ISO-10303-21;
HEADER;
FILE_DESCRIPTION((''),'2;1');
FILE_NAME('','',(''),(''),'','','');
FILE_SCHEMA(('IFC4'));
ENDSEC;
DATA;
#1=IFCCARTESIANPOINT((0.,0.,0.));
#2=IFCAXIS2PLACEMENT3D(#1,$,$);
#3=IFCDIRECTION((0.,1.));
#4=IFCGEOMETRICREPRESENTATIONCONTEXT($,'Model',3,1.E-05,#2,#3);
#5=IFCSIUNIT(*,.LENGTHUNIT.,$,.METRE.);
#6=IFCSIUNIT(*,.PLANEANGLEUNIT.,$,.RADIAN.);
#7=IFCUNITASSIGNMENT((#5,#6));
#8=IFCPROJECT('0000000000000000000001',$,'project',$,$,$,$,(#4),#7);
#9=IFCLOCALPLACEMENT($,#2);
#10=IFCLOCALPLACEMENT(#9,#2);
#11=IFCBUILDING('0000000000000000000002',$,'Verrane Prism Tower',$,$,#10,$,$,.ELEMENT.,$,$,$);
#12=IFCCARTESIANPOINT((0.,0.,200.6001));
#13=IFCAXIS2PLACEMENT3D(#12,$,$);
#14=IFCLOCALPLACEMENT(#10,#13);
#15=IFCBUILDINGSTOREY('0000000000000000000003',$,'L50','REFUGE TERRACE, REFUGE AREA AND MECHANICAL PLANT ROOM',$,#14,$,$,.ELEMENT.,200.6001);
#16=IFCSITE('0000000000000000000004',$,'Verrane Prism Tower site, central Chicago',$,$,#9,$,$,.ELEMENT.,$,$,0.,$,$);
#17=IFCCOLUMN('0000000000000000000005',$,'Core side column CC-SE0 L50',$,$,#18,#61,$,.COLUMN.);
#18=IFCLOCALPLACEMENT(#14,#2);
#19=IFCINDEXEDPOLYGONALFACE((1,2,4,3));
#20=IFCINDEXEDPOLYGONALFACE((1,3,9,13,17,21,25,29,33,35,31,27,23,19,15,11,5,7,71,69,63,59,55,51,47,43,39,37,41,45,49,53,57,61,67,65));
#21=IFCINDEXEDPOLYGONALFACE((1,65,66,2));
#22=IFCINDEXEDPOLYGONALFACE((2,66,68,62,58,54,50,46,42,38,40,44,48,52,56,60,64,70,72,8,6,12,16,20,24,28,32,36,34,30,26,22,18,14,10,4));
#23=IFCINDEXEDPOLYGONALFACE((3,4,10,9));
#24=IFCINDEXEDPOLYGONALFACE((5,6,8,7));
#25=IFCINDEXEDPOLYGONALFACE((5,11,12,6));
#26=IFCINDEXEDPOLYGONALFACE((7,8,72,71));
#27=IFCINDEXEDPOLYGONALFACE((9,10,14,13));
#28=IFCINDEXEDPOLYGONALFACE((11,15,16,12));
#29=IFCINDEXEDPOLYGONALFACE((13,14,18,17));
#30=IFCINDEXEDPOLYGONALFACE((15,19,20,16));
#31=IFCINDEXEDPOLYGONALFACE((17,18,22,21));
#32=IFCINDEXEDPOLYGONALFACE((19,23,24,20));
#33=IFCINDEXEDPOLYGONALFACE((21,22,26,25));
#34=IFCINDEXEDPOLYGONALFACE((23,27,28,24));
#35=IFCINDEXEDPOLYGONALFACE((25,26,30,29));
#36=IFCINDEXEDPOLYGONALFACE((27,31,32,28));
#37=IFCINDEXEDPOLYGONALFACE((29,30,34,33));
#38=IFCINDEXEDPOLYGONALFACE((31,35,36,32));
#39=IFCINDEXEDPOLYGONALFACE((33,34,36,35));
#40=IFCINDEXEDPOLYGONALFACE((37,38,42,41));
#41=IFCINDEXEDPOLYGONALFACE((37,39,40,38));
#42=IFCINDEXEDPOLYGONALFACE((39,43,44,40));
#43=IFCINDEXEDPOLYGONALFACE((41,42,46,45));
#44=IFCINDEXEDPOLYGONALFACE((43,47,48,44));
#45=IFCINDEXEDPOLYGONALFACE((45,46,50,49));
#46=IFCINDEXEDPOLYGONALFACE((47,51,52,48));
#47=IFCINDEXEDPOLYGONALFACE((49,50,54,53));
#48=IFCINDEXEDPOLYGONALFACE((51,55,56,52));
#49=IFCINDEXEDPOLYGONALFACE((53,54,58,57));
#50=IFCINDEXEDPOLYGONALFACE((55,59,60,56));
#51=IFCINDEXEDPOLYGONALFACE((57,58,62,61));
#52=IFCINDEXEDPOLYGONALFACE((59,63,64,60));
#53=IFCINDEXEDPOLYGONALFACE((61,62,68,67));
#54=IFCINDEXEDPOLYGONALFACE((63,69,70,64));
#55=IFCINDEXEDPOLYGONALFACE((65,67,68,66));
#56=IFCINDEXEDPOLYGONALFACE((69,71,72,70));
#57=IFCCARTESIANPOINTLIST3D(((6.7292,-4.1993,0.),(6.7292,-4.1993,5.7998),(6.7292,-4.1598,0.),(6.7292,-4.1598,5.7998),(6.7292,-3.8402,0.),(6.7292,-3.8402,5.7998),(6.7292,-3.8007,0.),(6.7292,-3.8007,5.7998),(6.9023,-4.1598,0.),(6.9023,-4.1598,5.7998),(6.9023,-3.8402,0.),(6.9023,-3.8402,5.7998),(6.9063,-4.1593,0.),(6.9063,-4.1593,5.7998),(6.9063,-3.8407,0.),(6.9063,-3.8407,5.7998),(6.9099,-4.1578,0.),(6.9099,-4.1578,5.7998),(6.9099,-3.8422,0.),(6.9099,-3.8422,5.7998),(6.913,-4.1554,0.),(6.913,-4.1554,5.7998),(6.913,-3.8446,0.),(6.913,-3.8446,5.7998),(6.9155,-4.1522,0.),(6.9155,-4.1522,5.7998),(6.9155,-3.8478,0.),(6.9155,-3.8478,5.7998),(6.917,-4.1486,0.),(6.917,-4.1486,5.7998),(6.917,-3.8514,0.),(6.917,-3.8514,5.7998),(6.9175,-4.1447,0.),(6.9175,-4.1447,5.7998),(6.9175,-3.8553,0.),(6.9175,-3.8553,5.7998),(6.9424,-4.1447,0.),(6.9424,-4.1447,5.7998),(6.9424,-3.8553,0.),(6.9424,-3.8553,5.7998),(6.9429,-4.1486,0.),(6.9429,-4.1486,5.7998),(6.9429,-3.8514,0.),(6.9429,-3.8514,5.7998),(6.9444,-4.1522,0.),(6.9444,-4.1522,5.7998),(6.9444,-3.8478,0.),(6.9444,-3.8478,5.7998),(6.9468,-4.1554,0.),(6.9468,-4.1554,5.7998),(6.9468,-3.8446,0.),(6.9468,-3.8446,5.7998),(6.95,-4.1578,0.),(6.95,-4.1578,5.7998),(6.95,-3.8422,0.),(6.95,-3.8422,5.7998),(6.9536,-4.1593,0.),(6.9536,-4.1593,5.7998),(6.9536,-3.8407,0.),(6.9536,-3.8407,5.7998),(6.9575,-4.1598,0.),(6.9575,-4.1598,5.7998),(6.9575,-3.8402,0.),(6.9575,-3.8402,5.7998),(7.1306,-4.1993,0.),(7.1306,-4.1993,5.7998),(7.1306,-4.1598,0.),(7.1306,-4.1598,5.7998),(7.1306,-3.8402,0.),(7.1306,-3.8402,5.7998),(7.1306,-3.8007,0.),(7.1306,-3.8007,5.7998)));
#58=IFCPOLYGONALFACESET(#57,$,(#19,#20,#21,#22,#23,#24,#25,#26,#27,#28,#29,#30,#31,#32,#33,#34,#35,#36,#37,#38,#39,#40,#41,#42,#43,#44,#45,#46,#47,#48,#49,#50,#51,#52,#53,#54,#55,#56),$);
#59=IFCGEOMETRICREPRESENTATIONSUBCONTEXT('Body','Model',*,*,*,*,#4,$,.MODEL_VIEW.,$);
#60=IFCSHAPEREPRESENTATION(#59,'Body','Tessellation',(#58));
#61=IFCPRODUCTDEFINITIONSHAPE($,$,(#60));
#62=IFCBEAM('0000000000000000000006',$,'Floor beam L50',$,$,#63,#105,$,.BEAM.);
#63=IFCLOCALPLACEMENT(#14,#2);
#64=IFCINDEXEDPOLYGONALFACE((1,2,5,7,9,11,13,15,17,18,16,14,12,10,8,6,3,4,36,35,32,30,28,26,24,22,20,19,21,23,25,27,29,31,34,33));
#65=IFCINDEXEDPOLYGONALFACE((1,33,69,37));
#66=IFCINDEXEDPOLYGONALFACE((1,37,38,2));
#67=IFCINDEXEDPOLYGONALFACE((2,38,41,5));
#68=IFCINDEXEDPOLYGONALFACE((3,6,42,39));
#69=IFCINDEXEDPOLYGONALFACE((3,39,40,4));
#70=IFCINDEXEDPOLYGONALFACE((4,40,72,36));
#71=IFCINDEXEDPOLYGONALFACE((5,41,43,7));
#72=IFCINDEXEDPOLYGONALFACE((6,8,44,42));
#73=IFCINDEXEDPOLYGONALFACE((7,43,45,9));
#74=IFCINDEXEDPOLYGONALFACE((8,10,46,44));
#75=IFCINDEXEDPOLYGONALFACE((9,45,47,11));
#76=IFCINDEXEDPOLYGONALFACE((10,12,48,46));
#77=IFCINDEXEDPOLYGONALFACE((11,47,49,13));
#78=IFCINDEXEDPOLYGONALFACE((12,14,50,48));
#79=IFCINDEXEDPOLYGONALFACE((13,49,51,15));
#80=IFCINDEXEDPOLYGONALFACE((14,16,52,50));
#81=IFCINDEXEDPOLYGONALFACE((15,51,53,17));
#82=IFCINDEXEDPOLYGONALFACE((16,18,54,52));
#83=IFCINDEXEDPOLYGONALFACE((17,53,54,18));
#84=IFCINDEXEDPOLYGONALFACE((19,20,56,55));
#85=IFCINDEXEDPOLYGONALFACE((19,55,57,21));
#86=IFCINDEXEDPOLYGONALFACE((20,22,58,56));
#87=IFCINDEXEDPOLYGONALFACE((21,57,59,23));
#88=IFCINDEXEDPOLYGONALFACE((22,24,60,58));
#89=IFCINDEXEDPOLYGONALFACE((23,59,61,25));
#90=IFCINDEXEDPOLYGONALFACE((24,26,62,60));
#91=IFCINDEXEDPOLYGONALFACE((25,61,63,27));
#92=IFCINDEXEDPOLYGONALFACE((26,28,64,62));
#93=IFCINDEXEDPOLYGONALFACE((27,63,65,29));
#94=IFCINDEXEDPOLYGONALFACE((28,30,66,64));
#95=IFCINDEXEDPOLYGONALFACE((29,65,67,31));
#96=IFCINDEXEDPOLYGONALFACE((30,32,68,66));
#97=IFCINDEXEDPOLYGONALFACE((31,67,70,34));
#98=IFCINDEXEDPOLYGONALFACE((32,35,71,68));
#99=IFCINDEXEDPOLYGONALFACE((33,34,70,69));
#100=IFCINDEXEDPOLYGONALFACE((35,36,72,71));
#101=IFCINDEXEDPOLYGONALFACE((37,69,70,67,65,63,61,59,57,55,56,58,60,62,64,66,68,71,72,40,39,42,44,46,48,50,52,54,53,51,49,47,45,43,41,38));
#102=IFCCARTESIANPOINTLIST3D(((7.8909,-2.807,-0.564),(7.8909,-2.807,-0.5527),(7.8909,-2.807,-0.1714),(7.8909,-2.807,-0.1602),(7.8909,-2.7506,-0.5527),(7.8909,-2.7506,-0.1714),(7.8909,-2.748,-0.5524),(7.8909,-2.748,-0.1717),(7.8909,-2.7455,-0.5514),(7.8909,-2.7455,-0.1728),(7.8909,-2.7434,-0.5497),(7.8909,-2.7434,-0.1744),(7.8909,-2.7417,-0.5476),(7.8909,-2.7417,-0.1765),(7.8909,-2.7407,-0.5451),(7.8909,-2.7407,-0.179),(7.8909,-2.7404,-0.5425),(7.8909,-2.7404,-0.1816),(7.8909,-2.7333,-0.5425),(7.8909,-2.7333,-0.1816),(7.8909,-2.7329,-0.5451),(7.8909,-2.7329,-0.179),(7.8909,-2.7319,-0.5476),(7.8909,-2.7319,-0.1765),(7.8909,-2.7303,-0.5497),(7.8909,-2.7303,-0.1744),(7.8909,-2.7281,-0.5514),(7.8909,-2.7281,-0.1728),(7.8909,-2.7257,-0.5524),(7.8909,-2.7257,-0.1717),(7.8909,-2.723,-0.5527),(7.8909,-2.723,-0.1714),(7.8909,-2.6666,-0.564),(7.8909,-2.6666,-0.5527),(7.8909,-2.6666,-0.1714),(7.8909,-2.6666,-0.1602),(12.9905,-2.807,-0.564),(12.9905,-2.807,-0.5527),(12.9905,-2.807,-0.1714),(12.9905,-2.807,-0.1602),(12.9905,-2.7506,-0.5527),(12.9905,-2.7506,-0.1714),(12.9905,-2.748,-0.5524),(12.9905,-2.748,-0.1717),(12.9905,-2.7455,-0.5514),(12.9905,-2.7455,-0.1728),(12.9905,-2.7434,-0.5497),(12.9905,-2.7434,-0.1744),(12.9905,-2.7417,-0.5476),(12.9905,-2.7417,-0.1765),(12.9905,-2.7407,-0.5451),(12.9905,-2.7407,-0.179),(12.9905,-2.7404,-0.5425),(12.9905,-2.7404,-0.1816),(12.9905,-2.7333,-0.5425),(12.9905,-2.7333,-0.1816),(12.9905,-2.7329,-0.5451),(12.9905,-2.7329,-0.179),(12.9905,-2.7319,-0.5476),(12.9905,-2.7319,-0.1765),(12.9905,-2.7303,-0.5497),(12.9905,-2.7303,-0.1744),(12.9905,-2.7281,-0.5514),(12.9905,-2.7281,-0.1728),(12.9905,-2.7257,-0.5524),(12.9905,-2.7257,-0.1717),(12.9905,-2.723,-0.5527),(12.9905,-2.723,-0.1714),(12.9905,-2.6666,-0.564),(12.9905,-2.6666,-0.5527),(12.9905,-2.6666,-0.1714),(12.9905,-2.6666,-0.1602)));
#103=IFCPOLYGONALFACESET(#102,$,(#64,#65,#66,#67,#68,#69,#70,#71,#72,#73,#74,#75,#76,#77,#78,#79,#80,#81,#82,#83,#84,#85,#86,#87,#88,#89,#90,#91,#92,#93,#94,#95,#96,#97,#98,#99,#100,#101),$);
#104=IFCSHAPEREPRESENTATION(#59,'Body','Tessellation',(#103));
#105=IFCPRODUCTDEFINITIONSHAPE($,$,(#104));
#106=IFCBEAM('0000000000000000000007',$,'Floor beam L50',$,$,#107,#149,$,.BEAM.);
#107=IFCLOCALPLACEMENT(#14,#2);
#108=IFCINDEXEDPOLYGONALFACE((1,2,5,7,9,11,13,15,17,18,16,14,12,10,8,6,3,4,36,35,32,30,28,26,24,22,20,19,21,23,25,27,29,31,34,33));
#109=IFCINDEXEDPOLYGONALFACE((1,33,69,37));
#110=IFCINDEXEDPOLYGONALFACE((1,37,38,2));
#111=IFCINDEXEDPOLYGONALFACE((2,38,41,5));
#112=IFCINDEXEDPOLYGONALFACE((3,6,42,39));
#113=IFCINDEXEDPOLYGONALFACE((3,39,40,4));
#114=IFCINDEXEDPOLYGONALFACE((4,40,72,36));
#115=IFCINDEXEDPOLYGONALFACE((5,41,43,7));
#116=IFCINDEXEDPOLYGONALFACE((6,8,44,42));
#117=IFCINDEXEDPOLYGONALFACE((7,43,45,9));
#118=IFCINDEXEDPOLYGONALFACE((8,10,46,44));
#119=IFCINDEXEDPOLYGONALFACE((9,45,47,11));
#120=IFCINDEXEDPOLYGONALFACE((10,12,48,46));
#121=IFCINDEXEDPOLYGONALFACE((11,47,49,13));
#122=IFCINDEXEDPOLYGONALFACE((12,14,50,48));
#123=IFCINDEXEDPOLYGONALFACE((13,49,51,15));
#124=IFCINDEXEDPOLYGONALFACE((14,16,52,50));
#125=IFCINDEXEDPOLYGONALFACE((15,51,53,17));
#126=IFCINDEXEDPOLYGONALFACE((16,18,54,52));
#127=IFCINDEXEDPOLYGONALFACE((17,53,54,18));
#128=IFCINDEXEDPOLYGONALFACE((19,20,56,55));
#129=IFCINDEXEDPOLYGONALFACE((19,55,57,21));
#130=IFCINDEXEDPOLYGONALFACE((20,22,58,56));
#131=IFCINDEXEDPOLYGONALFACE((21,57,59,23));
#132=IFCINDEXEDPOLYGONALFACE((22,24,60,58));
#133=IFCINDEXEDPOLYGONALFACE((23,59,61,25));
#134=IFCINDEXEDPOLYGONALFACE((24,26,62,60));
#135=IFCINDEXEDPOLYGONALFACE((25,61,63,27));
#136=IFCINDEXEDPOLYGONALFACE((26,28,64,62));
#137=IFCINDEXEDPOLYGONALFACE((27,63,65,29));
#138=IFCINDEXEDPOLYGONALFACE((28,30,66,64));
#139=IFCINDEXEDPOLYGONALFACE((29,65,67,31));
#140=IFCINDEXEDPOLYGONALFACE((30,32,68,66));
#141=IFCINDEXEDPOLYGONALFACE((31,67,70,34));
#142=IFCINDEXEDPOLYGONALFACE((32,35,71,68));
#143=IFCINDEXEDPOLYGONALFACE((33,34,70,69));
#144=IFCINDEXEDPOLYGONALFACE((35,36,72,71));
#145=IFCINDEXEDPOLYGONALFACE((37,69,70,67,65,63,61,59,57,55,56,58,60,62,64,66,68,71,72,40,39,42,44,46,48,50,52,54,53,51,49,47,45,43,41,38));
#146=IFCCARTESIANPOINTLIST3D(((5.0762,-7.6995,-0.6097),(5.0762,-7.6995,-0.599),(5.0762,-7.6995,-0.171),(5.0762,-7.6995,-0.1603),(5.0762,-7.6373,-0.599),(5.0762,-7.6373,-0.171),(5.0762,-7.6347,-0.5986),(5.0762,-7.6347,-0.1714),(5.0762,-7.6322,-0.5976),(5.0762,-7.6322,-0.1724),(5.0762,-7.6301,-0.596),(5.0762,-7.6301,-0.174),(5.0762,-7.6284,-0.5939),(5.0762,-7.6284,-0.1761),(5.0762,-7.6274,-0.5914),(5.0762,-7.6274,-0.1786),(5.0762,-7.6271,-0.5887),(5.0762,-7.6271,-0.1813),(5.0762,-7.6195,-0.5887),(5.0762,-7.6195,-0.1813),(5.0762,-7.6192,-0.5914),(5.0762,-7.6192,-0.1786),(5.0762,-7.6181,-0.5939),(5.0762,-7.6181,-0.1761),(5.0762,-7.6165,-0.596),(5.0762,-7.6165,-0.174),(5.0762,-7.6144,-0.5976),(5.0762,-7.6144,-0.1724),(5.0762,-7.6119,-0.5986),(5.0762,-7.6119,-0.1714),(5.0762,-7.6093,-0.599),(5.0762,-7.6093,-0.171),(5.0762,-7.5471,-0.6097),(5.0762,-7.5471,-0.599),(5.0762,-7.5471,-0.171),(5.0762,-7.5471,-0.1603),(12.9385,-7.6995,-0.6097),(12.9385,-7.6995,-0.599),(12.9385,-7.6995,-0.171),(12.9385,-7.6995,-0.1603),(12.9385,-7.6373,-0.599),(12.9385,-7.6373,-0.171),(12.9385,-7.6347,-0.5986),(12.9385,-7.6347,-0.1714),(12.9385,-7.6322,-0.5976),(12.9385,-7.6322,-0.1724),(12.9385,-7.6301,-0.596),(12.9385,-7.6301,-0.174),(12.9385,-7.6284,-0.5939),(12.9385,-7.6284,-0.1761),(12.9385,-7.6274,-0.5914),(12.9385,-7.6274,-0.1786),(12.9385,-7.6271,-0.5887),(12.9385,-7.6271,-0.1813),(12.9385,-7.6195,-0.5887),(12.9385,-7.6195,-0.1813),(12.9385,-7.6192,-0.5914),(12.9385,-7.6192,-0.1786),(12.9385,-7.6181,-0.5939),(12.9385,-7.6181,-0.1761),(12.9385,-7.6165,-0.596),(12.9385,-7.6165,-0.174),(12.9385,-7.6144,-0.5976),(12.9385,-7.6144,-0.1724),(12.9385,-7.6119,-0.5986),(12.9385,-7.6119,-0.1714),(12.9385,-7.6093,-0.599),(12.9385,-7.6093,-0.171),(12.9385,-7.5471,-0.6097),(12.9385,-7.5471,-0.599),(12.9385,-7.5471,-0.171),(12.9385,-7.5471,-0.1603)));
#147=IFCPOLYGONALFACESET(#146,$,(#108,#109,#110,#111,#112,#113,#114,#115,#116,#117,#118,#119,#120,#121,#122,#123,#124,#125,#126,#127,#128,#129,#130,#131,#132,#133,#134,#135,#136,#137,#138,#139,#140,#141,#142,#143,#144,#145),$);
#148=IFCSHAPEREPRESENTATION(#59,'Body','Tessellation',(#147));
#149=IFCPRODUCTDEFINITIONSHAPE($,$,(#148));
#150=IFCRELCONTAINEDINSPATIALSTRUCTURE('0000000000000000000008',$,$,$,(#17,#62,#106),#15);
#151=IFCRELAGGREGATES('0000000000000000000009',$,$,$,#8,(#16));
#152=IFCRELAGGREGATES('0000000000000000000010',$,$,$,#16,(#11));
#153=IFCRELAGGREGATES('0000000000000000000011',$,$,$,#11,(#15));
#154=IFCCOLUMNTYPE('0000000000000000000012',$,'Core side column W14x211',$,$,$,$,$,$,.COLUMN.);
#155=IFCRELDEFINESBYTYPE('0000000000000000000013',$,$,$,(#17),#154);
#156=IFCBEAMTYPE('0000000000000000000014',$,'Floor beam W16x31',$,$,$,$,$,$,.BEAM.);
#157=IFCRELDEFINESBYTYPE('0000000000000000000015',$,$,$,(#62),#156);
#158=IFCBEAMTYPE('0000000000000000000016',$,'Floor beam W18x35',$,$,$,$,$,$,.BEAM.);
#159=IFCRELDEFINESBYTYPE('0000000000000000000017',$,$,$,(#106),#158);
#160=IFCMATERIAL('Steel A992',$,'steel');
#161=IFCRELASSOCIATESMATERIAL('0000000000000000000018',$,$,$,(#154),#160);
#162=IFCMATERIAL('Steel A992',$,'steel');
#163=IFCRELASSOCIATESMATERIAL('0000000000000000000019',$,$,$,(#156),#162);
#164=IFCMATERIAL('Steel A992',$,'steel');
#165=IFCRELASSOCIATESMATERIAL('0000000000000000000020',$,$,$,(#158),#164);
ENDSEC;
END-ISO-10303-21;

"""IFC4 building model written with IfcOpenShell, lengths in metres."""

from ifc_helpers import new_model, si_unit, direction, frame, origin, origin_2d, place, context, subcontext, project, spatial, i_section, extrude, material, material_profile, profile_set, type_object, element, save


model = new_model("IFC4")

# Units and contexts
model_context = context("Model", 3, precision=1e-05, world=origin(), true_north=direction((0.0, 1.0)))
body_context = subcontext(model_context, "Body", "Model", "MODEL_VIEW")
ifc_project = project(units=[si_unit("LENGTHUNIT", "METRE"), si_unit("PLANEANGLEUNIT", "RADIAN")], contexts=[model_context])

# Site, building, storey
site_placement = place(None, origin())
site = spatial("IfcSite", under=ifc_project, at=site_placement, Name="Verrane Prism Tower site, central Chicago", CompositionType="ELEMENT", RefElevation=0.0)
building_placement = place(site_placement, origin())
building = spatial("IfcBuilding", under=site, at=building_placement, Name="Verrane Prism Tower", CompositionType="ELEMENT")
storey_placement = place(building_placement, frame((0.0, 0.0, 200.6001)))
storey = spatial("IfcBuildingStorey", under=building, at=storey_placement, Name="L50", Description="REFUGE TERRACE, REFUGE AREA AND MECHANICAL PLANT ROOM", CompositionType="ELEMENT", Elevation=200.6001)

# Column
ifc_material_1 = material(Name="Steel A992", Category="steel")
ifc_material_profile_1 = material_profile(ifc_material_1, i_section(OverallWidth=0.4014, OverallDepth=0.3987, WebThickness=0.0249, FlangeThickness=0.0396, FilletRadius=0.0151, at=origin_2d()), Name="W14x211")
ifc_profile_set_1 = profile_set([ifc_material_profile_1], Name="Steel A992")
column_type = type_object("IfcColumnType", Name="Core side column W14x211", PredefinedType="COLUMN", material=ifc_profile_set_1)
column_placement = place(storey_placement, frame((6.9299, -4.0, 0.0), z_axis=(0.0, 0.0, 1.0), x_axis=(1.0, 0.0, 0.0)))
element("IfcColumn", 1, at=column_placement, inside=storey, type_object=column_type, Name="Core side column CC-SE0 L50", PredefinedType="COLUMN", context=body_context, shape_type="SweptSolid", body=[
    extrude(i_section(OverallWidth=0.4014, OverallDepth=0.3987, WebThickness=0.0249, FlangeThickness=0.0396, FilletRadius=0.0151, at=origin_2d()), origin(), (0.0, 0.0, 1.0), 5.7998),
])

# Beams
ifc_material_2 = material(Name="Steel A992", Category="steel")
ifc_material_profile_2 = material_profile(ifc_material_2, i_section(OverallWidth=0.1404, OverallDepth=0.4038, WebThickness=0.0071, FlangeThickness=0.0112, FilletRadius=0.0103, at=origin_2d()), Name="W16x31")
ifc_profile_set_2 = profile_set([ifc_material_profile_2], Name="Steel A992")
beam_type_1 = type_object("IfcBeamType", Name="Floor beam W16x31", PredefinedType="BEAM", material=ifc_profile_set_2)
beam_1_placement = place(storey_placement, frame((7.8909, -2.7368, -0.3621), z_axis=(1.0, 0.0, 0.0), x_axis=(0.0, 1.0, 0.0)))
element("IfcBeam", 2, at=beam_1_placement, inside=storey, type_object=beam_type_1, Name="Floor beam L50", PredefinedType="BEAM", context=body_context, shape_type="SweptSolid", body=[
    extrude(i_section(OverallWidth=0.1404, OverallDepth=0.4038, WebThickness=0.0071, FlangeThickness=0.0112, FilletRadius=0.0103, at=origin_2d()), origin(), (0.0, 0.0, 1.0), 5.0996),
])
ifc_material_3 = material(Name="Steel A992", Category="steel")
ifc_material_profile_3 = material_profile(ifc_material_3, i_section(OverallWidth=0.1523, OverallDepth=0.4495, WebThickness=0.0076, FlangeThickness=0.0107, FilletRadius=0.0103, at=origin_2d()), Name="W18x35")
ifc_profile_set_3 = profile_set([ifc_material_profile_3], Name="Steel A992")
beam_type_2 = type_object("IfcBeamType", Name="Floor beam W18x35", PredefinedType="BEAM", material=ifc_profile_set_3)
beam_2_placement = place(storey_placement, frame((5.0762, -7.6233, -0.385), z_axis=(1.0, 0.0, 0.0), x_axis=(0.0, 1.0, 0.0)))
element("IfcBeam", 3, at=beam_2_placement, inside=storey, type_object=beam_type_2, Name="Floor beam L50", PredefinedType="BEAM", context=body_context, shape_type="SweptSolid", body=[
    extrude(i_section(OverallWidth=0.1523, OverallDepth=0.4495, WebThickness=0.0076, FlangeThickness=0.0107, FilletRadius=0.0103, at=origin_2d()), origin(), (0.0, 0.0, 1.0), 7.8623),
])

save(model, "model.ifc")
